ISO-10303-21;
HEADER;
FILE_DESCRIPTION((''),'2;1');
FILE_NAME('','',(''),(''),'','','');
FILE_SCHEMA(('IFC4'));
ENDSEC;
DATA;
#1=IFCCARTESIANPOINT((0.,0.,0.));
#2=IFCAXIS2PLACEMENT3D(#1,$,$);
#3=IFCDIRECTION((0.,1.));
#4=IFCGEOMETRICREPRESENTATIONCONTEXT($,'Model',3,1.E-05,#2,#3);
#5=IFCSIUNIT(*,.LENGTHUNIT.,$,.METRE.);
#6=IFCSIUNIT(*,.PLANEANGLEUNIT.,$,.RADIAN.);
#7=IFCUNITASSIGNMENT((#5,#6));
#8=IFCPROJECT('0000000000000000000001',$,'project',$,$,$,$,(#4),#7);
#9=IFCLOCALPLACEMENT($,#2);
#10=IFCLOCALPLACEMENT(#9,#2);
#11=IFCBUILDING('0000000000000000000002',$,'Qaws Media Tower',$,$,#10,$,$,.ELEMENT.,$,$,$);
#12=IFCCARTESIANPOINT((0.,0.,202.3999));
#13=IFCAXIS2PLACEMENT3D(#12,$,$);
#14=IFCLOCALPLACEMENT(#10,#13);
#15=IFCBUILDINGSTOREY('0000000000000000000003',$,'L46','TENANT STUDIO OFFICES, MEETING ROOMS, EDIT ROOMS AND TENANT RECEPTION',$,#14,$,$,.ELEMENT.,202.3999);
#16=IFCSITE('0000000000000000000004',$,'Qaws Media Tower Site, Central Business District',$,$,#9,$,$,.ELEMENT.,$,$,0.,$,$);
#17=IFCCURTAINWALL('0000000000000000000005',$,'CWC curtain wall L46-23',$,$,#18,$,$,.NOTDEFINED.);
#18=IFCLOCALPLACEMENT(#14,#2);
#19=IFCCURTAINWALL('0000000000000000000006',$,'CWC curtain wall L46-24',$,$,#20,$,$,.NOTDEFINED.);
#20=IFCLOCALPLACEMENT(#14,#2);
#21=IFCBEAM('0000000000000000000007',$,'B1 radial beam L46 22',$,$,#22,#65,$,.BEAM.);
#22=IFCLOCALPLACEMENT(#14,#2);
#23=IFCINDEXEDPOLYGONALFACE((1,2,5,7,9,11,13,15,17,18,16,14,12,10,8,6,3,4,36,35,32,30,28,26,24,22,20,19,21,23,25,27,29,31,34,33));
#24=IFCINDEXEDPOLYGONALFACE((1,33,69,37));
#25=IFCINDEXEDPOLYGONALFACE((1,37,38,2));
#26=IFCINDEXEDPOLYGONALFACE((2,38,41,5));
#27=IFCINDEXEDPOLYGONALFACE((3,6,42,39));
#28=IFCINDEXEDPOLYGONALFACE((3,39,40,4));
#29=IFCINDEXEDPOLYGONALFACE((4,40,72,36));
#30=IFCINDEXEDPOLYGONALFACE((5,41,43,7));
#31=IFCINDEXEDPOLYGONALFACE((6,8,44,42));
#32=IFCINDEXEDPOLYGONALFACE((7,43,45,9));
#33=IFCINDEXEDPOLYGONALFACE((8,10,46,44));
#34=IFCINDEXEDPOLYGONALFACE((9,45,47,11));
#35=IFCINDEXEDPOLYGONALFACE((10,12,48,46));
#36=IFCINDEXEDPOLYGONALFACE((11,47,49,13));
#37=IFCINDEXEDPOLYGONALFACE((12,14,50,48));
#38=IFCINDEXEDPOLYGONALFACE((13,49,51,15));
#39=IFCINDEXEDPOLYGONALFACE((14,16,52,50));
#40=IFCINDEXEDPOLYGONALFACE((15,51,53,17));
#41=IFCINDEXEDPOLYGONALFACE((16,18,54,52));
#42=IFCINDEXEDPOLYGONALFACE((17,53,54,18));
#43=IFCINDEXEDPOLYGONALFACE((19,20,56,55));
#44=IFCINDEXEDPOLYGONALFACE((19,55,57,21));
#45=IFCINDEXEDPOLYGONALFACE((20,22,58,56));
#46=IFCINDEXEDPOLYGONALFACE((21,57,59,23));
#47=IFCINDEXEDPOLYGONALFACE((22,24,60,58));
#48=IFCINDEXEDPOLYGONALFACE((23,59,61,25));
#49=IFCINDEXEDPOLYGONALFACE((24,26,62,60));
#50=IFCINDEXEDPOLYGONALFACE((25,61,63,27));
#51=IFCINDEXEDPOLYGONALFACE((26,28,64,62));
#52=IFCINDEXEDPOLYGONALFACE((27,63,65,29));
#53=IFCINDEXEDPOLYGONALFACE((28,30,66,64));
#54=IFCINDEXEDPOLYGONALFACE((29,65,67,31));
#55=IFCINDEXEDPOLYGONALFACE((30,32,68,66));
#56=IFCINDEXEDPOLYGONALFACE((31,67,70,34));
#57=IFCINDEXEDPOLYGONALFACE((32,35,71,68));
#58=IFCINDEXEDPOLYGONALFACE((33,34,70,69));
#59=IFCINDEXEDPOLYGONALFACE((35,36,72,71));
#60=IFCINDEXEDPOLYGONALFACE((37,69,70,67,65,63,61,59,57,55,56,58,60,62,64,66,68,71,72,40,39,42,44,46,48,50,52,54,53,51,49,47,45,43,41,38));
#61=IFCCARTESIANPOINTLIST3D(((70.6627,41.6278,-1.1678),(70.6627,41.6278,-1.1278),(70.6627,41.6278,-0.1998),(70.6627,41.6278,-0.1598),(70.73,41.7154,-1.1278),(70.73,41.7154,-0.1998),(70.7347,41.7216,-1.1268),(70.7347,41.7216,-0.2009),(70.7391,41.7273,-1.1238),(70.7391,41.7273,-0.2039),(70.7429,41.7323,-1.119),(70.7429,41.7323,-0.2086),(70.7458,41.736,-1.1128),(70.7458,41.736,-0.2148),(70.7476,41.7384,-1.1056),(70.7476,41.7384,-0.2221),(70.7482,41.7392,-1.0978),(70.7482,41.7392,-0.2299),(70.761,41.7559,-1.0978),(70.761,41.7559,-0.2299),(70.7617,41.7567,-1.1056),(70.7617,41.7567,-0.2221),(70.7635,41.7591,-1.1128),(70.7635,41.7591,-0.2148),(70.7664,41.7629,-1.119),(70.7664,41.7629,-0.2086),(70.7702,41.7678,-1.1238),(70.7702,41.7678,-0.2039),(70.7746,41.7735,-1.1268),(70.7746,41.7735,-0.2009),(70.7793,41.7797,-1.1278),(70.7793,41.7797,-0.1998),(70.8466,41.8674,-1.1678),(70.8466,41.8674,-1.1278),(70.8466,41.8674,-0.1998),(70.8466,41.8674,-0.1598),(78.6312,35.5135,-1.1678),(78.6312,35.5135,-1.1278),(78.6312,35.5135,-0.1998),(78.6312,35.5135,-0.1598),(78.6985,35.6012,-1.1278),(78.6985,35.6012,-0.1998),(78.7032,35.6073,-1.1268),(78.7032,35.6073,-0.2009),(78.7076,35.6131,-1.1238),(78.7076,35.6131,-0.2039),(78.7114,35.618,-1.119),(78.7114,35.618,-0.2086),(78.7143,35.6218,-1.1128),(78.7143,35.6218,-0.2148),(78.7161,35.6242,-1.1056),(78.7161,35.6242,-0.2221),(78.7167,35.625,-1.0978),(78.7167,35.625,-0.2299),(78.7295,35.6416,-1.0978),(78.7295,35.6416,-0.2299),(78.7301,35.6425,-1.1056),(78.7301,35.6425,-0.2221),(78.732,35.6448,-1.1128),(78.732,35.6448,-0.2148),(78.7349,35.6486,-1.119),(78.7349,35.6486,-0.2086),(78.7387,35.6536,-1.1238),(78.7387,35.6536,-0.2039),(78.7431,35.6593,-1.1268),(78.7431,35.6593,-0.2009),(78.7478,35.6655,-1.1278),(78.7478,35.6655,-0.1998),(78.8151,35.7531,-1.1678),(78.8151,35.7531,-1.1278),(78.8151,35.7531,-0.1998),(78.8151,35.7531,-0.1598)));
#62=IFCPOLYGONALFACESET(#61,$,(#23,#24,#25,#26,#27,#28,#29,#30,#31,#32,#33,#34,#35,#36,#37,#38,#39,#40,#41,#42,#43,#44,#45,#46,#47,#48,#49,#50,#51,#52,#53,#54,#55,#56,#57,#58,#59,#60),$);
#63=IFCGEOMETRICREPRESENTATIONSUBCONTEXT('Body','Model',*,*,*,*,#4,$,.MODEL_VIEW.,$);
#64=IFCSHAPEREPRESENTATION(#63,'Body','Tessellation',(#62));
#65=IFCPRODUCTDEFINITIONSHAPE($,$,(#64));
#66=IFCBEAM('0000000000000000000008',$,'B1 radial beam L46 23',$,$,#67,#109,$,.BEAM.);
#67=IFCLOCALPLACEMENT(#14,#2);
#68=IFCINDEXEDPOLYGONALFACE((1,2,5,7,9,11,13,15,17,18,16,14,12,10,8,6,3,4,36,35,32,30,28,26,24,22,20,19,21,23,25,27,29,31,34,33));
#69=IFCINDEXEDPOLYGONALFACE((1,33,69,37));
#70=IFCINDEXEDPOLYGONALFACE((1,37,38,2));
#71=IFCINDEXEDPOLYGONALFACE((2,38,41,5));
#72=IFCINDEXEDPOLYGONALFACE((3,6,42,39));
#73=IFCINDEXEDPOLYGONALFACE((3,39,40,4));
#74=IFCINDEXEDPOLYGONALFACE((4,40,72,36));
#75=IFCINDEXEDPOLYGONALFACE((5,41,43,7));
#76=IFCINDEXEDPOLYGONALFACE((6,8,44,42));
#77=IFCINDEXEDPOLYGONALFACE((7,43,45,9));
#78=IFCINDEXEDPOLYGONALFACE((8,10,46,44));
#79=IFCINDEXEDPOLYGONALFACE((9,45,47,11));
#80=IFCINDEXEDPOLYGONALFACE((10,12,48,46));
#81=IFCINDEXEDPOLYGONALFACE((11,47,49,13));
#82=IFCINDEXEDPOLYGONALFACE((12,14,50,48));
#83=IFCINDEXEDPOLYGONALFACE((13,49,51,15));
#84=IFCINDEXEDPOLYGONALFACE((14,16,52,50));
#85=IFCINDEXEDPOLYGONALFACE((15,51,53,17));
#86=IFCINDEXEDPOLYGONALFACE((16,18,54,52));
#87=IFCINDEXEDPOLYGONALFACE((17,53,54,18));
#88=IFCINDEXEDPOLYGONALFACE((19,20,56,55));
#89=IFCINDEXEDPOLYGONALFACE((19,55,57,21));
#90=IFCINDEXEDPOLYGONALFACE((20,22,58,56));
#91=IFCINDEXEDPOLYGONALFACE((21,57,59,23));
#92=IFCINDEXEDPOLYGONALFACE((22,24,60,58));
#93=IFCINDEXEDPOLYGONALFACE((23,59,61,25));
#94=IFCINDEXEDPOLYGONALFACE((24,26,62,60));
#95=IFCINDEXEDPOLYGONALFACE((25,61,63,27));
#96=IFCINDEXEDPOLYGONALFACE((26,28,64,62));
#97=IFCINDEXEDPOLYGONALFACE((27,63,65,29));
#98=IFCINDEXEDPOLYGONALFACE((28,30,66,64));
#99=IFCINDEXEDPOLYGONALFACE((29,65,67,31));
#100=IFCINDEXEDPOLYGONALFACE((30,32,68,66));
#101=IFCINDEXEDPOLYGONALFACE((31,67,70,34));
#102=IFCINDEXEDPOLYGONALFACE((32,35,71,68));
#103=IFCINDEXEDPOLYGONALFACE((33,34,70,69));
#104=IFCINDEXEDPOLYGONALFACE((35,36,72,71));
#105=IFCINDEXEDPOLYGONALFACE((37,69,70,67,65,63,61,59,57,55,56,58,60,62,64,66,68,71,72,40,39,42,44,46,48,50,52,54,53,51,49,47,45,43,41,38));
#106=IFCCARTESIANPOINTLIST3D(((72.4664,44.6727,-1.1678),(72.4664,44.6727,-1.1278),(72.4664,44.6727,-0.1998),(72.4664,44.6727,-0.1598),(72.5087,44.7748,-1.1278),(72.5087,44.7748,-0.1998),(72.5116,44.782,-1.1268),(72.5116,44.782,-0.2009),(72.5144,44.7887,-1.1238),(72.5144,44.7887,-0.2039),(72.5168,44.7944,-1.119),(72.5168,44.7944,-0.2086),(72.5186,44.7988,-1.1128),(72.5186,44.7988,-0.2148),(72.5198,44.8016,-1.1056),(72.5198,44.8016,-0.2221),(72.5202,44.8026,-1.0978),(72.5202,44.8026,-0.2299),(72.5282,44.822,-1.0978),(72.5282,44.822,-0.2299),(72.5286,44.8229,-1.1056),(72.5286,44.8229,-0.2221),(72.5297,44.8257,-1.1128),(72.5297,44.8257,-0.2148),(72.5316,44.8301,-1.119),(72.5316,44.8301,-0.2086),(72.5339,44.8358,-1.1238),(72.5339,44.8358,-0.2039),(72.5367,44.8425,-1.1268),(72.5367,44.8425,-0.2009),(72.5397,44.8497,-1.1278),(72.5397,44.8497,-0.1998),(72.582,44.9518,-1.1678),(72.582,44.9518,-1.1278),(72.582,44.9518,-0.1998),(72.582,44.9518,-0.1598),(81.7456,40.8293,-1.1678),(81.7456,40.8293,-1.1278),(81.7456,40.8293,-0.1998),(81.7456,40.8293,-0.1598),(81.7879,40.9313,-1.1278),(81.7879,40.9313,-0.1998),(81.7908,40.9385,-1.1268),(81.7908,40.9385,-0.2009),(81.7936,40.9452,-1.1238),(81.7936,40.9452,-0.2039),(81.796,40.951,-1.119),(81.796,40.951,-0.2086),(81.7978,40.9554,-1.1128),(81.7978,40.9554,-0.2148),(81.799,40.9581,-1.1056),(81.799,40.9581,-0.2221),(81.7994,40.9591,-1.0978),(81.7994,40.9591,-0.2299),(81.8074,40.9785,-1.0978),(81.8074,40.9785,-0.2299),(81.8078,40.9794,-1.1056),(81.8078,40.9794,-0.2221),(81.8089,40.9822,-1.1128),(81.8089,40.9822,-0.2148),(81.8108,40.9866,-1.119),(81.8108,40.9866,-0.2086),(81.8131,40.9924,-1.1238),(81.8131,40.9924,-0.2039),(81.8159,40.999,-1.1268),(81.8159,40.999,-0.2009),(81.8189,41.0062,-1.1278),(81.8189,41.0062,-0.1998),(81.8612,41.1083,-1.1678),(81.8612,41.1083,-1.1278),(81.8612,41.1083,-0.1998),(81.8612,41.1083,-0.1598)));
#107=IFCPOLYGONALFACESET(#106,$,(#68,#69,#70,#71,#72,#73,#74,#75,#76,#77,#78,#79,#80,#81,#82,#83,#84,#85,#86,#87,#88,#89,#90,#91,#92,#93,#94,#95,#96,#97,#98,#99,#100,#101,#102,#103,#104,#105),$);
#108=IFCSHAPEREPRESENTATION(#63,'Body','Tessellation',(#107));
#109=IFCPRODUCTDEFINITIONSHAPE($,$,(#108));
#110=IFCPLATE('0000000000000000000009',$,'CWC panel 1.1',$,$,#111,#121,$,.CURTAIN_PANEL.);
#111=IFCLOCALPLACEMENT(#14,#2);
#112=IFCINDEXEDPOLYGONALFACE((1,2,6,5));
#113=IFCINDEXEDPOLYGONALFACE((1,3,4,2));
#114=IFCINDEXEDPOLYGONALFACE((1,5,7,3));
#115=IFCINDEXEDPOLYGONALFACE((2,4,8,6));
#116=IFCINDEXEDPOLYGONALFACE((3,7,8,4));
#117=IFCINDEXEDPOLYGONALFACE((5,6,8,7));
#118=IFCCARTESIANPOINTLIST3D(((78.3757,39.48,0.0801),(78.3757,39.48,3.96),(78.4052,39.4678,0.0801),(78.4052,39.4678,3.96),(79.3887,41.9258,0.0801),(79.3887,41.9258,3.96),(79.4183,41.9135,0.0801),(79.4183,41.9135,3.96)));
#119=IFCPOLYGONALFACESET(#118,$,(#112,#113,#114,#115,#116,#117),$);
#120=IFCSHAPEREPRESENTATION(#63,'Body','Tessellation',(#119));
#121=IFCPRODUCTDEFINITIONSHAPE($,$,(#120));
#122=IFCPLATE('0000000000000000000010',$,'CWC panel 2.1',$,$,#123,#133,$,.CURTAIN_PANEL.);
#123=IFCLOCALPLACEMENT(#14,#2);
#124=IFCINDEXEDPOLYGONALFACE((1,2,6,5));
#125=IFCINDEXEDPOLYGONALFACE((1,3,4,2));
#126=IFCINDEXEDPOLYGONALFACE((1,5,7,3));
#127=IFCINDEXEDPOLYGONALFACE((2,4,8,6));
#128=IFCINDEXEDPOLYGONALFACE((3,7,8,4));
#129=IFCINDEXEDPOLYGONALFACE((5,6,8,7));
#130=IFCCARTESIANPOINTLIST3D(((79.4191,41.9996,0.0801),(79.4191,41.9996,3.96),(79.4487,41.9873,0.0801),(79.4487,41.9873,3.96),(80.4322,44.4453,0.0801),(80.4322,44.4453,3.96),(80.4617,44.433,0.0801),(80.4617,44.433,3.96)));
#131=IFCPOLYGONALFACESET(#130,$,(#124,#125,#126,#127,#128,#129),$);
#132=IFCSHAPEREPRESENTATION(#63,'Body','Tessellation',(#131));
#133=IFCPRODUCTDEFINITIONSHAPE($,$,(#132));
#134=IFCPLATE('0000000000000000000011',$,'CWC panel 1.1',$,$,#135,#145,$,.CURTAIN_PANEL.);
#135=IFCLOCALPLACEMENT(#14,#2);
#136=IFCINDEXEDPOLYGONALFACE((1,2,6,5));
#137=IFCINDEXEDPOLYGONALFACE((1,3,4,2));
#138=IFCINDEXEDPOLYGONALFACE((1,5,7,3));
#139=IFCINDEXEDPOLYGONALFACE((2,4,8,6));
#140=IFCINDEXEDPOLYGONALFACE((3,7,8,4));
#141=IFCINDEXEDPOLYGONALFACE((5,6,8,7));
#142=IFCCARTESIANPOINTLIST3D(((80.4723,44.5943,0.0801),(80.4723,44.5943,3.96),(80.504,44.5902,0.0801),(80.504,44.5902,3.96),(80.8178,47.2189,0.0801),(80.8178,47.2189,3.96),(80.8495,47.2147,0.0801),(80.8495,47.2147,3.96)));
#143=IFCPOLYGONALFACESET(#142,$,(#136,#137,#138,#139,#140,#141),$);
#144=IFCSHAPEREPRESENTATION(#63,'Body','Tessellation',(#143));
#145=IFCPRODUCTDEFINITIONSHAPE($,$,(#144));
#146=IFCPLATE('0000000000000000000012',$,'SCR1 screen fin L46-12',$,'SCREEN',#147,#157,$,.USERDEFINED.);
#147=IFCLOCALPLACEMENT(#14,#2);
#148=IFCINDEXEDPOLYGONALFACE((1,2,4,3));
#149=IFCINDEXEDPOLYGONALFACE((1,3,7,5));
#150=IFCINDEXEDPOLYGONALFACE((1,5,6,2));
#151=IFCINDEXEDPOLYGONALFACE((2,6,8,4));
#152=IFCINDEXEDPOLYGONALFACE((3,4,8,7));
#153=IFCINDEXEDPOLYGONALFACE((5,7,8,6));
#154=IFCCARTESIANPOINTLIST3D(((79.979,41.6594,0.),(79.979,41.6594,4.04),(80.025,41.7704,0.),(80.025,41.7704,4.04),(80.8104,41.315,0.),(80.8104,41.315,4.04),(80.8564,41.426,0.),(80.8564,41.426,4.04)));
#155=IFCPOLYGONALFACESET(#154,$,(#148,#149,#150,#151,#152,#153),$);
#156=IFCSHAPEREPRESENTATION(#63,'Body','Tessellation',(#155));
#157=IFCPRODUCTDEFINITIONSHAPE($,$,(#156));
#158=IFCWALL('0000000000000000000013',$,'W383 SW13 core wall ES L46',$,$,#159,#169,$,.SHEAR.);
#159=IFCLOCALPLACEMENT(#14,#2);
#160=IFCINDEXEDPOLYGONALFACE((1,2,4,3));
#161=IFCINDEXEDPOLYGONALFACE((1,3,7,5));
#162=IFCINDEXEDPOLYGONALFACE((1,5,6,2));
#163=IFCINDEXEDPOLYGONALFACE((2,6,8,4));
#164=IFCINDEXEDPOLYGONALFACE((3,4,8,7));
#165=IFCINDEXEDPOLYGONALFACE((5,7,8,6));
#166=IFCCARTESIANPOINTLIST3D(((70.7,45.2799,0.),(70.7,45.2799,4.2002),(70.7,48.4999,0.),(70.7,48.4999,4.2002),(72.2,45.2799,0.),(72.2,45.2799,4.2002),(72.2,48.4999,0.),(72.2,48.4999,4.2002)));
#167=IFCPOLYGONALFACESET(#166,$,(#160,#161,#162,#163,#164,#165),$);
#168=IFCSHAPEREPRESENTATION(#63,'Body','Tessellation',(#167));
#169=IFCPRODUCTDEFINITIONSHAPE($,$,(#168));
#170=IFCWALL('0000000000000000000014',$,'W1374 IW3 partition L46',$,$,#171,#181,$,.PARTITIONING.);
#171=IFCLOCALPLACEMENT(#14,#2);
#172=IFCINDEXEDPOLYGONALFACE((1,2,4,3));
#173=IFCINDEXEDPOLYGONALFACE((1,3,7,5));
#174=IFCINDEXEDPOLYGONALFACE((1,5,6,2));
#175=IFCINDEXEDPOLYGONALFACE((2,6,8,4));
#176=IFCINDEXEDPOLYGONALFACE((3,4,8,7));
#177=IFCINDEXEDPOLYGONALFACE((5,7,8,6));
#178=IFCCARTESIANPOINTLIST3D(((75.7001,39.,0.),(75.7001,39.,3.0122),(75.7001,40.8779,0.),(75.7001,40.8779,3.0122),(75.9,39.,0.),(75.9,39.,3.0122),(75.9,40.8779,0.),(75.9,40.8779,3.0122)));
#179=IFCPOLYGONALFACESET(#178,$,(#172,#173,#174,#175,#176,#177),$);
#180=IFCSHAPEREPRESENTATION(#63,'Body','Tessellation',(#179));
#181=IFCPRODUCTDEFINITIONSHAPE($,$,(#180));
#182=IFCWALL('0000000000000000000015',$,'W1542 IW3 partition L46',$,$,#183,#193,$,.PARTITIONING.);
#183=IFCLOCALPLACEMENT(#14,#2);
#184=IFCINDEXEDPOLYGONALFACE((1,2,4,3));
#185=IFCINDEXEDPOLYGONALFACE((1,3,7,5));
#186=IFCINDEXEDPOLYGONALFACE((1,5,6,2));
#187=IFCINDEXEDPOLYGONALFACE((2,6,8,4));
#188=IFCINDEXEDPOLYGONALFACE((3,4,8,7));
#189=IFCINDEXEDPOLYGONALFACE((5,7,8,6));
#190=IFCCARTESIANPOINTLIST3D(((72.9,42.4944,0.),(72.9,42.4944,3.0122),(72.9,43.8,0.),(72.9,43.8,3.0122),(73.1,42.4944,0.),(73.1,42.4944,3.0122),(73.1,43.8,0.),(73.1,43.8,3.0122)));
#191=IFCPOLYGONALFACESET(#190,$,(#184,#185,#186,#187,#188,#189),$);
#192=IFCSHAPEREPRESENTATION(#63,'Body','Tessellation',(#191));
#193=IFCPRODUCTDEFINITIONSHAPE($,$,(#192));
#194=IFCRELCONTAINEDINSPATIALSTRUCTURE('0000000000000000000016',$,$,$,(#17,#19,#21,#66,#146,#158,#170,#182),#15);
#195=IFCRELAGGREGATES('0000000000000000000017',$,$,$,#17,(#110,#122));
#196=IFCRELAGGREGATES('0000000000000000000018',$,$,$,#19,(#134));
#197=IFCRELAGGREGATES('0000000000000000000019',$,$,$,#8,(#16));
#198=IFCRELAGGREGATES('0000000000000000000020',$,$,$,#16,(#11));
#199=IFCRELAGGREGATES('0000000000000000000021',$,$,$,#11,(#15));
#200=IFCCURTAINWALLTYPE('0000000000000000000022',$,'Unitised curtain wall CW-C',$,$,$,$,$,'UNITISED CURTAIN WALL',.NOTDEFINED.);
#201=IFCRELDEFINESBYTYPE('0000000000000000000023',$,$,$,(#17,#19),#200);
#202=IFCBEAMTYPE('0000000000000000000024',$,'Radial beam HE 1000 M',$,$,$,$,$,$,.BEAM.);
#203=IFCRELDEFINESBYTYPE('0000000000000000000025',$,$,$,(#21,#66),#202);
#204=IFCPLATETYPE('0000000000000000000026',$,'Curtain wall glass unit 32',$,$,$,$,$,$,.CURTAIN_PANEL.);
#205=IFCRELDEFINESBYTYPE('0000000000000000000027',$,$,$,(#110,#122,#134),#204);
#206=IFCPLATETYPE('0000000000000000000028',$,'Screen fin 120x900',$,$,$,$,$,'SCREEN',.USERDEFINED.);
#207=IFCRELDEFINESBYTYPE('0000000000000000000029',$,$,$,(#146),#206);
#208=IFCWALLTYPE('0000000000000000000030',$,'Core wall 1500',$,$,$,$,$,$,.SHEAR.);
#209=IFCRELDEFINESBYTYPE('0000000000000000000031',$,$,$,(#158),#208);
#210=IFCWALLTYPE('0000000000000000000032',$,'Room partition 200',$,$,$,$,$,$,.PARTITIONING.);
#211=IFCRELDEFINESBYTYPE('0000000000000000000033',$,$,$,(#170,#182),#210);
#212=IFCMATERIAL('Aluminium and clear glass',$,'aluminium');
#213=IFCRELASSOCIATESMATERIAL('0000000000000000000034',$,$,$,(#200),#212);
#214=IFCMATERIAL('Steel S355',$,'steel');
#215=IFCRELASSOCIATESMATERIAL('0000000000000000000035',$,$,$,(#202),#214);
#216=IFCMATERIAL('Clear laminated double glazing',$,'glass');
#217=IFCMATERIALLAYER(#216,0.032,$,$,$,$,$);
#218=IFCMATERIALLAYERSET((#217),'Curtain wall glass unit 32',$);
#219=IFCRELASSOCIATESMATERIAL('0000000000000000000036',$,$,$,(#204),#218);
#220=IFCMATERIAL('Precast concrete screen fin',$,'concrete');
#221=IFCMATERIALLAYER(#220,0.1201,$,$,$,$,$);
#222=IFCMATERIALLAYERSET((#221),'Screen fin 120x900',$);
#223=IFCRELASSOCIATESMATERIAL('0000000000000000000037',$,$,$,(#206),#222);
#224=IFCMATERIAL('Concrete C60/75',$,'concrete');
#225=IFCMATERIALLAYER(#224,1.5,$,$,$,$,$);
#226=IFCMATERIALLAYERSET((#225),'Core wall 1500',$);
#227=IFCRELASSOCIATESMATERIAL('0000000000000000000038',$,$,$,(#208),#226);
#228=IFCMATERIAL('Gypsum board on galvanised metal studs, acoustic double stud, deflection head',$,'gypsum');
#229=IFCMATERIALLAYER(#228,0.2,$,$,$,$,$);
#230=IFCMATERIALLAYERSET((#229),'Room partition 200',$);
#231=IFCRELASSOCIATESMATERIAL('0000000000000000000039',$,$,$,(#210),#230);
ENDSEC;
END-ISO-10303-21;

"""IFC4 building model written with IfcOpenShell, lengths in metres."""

from ifc_helpers import new_model, si_unit, direction, frame, frame_2d, origin, origin_2d, place, context, subcontext, project, spatial, rectangle, i_section, extrude, material, layer, layer_set, material_profile, profile_set, type_object, element, aggregate, save


model = new_model("IFC4")

# Units and contexts
model_context = context("Model", 3, precision=1e-05, world=origin(), true_north=direction((0.0, 1.0)))
body_context = subcontext(model_context, "Body", "Model", "MODEL_VIEW")
ifc_project = project(units=[si_unit("LENGTHUNIT", "METRE"), si_unit("PLANEANGLEUNIT", "RADIAN")], contexts=[model_context])

# Site, building, storey
site_placement = place(None, origin())
site = spatial("IfcSite", under=ifc_project, at=site_placement, Name="Qaws Media Tower Site, Central Business District", CompositionType="ELEMENT", RefElevation=0.0)
building_placement = place(site_placement, origin())
building = spatial("IfcBuilding", under=site, at=building_placement, Name="Qaws Media Tower", CompositionType="ELEMENT")
storey_placement = place(building_placement, frame((0.0, 0.0, 202.3999)))
storey = spatial("IfcBuildingStorey", under=building, at=storey_placement, Name="L46", Description="TENANT STUDIO OFFICES, MEETING ROOMS, EDIT ROOMS AND TENANT RECEPTION", CompositionType="ELEMENT", Elevation=202.3999)

# Curtain walls
ifc_material_1 = material(Name="Aluminium and clear glass", Category="aluminium")
curtain_wall_type = type_object("IfcCurtainWallType", Name="Unitised curtain wall CW-C", ElementType="UNITISED CURTAIN WALL", PredefinedType="NOTDEFINED", material=ifc_material_1)
curtain_wall_1_placement = place(storey_placement, origin())
curtain_wall_1 = element("IfcCurtainWall", 1, at=curtain_wall_1_placement, inside=storey, type_object=curtain_wall_type, Name="CWC curtain wall L46-23", PredefinedType="NOTDEFINED")
curtain_wall_2_placement = place(storey_placement, origin())
curtain_wall_2 = element("IfcCurtainWall", 2, at=curtain_wall_2_placement, inside=storey, type_object=curtain_wall_type, Name="CWC curtain wall L46-24", PredefinedType="NOTDEFINED")

# Beams
ifc_material_2 = material(Name="Steel S355", Category="steel")
ifc_material_profile_1 = material_profile(ifc_material_2, i_section(OverallWidth=0.302, OverallDepth=1.0081, WebThickness=0.021, FlangeThickness=0.04, FilletRadius=0.03, at=origin_2d()), Name="HE 1000 M")
ifc_profile_set_1 = profile_set([ifc_material_profile_1], Name="Steel S355")
beam_type_1 = type_object("IfcBeamType", Name="Radial beam HE 1000 M", PredefinedType="BEAM", material=ifc_profile_set_1)
beam_1_placement = place(storey_placement, frame((70.7546, 41.7476, -0.6638), z_axis=(0.793363, -0.608749, 0.0), x_axis=(0.608749, 0.793363, 0.0)))
element("IfcBeam", 3, at=beam_1_placement, inside=storey, type_object=beam_type_1, Name="B1 radial beam L46 22", PredefinedType="BEAM", context=body_context, shape_type="SweptSolid", body=[
    extrude(i_section(OverallWidth=0.302, OverallDepth=1.0081, WebThickness=0.021, FlangeThickness=0.04, FilletRadius=0.03, at=origin_2d()), origin(), (0.0, 0.0, 1.0), 10.0439),
])
beam_2_placement = place(storey_placement, frame((72.5242, 44.8123, -0.6638), z_axis=(0.923883, -0.382675, 0.0), x_axis=(0.382675, 0.923883, 0.0)))
element("IfcBeam", 4, at=beam_2_placement, inside=storey, type_object=beam_type_1, Name="B1 radial beam L46 23", PredefinedType="BEAM", context=body_context, shape_type="SweptSolid", body=[
    extrude(i_section(OverallWidth=0.302, OverallDepth=1.0081, WebThickness=0.021, FlangeThickness=0.04, FilletRadius=0.03, at=origin_2d()), origin(), (0.0, 0.0, 1.0), 10.0437),
])

# Plates
ifc_material_3 = material(Name="Clear laminated double glazing", Category="glass")
ifc_layer_1 = layer(ifc_material_3, 0.032)
ifc_layer_set_1 = layer_set([ifc_layer_1], Name="Curtain wall glass unit 32")
plate_type_1 = type_object("IfcPlateType", Name="Curtain wall glass unit 32", PredefinedType="CURTAIN_PANEL", material=ifc_layer_set_1)
plate_1_placement = place(storey_placement, frame((78.897, 40.6968, 0.0801), z_axis=(0.0, 0.0, 1.0), x_axis=(0.382683, 0.92388, 0.0)))
plate_1 = element("IfcPlate", 5, at=plate_1_placement, type_object=plate_type_1, Name="CWC panel 1.1", PredefinedType="CURTAIN_PANEL", context=body_context, shape_type="SweptSolid", body=[
    extrude(rectangle(XDim=2.6472, YDim=0.032, at=origin_2d()), origin(), (0.0, 0.0, 1.0), 3.8799),
])
plate_2_placement = place(storey_placement, frame((79.9404, 43.2163, 0.0801), z_axis=(0.0, 0.0, 1.0), x_axis=(0.382683, 0.92388, 0.0)))
plate_2 = element("IfcPlate", 6, at=plate_2_placement, type_object=plate_type_1, Name="CWC panel 2.1", PredefinedType="CURTAIN_PANEL", context=body_context, shape_type="SweptSolid", body=[
    extrude(rectangle(XDim=2.6472, YDim=0.032, at=origin_2d()), origin(), (0.0, 0.0, 1.0), 3.8799),
])
aggregate(curtain_wall_1, [plate_1, plate_2])
plate_3_placement = place(storey_placement, frame((80.6609, 45.9045, 0.0801), z_axis=(0.0, 0.0, 1.0), x_axis=(0.130526, 0.991445, 0.0)))
plate_3 = element("IfcPlate", 7, at=plate_3_placement, type_object=plate_type_1, Name="CWC panel 1.1", PredefinedType="CURTAIN_PANEL", context=body_context, shape_type="SweptSolid", body=[
    extrude(rectangle(XDim=2.6472, YDim=0.032, at=origin_2d()), origin(), (0.0, 0.0, 1.0), 3.8799),
])
aggregate(curtain_wall_2, [plate_3])
ifc_material_4 = material(Name="Precast concrete screen fin", Category="concrete")
ifc_layer_2 = layer(ifc_material_4, 0.1201)
ifc_layer_set_2 = layer_set([ifc_layer_2], Name="Screen fin 120x900")
plate_type_2 = type_object("IfcPlateType", Name="Screen fin 120x900", ElementType="SCREEN", PredefinedType="USERDEFINED", material=ifc_layer_set_2)
plate_4_placement = place(storey_placement, frame((80.4177, 41.5427, 0.0), z_axis=(0.0, 0.0, 1.0), x_axis=(0.92388, -0.382683, 0.0)))
element("IfcPlate", 8, at=plate_4_placement, inside=storey, type_object=plate_type_2, Name="SCR1 screen fin L46-12", ObjectType="SCREEN", PredefinedType="USERDEFINED", context=body_context, shape_type="SweptSolid", body=[
    extrude(rectangle(XDim=0.8999, YDim=0.1201, at=origin_2d()), origin(), (0.0, 0.0, 1.0), 4.04),
])

# Walls
ifc_material_5 = material(Name="Concrete C60/75", Category="concrete")
ifc_layer_3 = layer(ifc_material_5, 1.5)
ifc_layer_set_3 = layer_set([ifc_layer_3], Name="Core wall 1500")
wall_type_1 = type_object("IfcWallType", Name="Core wall 1500", PredefinedType="SHEAR", material=ifc_layer_set_3)
wall_1_placement = place(storey_placement, frame((71.45, 45.28, 0.0), z_axis=(0.0, 0.0, 1.0), x_axis=(0.0, 1.0, 0.0)))
element("IfcWall", 9, at=wall_1_placement, inside=storey, type_object=wall_type_1, Name="W383 SW13 core wall ES L46", PredefinedType="SHEAR", context=body_context, shape_type="SweptSolid", body=[
    extrude(rectangle(XDim=3.22, YDim=1.5, at=frame_2d((1.6099, 0.0))), origin(), (0.0, 0.0, 1.0), 4.2002),
])
ifc_material_6 = material(Name="Gypsum board on galvanised metal studs, acoustic double stud, deflection head", Category="gypsum")
ifc_layer_4 = layer(ifc_material_6, 0.2)
ifc_layer_set_4 = layer_set([ifc_layer_4], Name="Room partition 200")
wall_type_2 = type_object("IfcWallType", Name="Room partition 200", PredefinedType="PARTITIONING", material=ifc_layer_set_4)
wall_2_placement = place(storey_placement, frame((75.8, 40.8779, 0.0), z_axis=(0.0, 0.0, 1.0), x_axis=(0.0, -1.0, 0.0)))
element("IfcWall", 10, at=wall_2_placement, inside=storey, type_object=wall_type_2, Name="W1374 IW3 partition L46", PredefinedType="PARTITIONING", context=body_context, shape_type="SweptSolid", body=[
    extrude(rectangle(XDim=1.8779, YDim=0.2, at=frame_2d((0.939, 0.0))), origin(), (0.0, 0.0, 1.0), 3.0122),
])
wall_3_placement = place(storey_placement, frame((73.0, 42.4944, 0.0), z_axis=(0.0, 0.0, 1.0), x_axis=(0.0, 1.0, 0.0)))
element("IfcWall", 11, at=wall_3_placement, inside=storey, type_object=wall_type_2, Name="W1542 IW3 partition L46", PredefinedType="PARTITIONING", context=body_context, shape_type="SweptSolid", body=[
    extrude(rectangle(XDim=1.3057, YDim=0.2, at=frame_2d((0.6528, 0.0))), origin(), (0.0, 0.0, 1.0), 3.0122),
])

save(model, "model.ifc")
